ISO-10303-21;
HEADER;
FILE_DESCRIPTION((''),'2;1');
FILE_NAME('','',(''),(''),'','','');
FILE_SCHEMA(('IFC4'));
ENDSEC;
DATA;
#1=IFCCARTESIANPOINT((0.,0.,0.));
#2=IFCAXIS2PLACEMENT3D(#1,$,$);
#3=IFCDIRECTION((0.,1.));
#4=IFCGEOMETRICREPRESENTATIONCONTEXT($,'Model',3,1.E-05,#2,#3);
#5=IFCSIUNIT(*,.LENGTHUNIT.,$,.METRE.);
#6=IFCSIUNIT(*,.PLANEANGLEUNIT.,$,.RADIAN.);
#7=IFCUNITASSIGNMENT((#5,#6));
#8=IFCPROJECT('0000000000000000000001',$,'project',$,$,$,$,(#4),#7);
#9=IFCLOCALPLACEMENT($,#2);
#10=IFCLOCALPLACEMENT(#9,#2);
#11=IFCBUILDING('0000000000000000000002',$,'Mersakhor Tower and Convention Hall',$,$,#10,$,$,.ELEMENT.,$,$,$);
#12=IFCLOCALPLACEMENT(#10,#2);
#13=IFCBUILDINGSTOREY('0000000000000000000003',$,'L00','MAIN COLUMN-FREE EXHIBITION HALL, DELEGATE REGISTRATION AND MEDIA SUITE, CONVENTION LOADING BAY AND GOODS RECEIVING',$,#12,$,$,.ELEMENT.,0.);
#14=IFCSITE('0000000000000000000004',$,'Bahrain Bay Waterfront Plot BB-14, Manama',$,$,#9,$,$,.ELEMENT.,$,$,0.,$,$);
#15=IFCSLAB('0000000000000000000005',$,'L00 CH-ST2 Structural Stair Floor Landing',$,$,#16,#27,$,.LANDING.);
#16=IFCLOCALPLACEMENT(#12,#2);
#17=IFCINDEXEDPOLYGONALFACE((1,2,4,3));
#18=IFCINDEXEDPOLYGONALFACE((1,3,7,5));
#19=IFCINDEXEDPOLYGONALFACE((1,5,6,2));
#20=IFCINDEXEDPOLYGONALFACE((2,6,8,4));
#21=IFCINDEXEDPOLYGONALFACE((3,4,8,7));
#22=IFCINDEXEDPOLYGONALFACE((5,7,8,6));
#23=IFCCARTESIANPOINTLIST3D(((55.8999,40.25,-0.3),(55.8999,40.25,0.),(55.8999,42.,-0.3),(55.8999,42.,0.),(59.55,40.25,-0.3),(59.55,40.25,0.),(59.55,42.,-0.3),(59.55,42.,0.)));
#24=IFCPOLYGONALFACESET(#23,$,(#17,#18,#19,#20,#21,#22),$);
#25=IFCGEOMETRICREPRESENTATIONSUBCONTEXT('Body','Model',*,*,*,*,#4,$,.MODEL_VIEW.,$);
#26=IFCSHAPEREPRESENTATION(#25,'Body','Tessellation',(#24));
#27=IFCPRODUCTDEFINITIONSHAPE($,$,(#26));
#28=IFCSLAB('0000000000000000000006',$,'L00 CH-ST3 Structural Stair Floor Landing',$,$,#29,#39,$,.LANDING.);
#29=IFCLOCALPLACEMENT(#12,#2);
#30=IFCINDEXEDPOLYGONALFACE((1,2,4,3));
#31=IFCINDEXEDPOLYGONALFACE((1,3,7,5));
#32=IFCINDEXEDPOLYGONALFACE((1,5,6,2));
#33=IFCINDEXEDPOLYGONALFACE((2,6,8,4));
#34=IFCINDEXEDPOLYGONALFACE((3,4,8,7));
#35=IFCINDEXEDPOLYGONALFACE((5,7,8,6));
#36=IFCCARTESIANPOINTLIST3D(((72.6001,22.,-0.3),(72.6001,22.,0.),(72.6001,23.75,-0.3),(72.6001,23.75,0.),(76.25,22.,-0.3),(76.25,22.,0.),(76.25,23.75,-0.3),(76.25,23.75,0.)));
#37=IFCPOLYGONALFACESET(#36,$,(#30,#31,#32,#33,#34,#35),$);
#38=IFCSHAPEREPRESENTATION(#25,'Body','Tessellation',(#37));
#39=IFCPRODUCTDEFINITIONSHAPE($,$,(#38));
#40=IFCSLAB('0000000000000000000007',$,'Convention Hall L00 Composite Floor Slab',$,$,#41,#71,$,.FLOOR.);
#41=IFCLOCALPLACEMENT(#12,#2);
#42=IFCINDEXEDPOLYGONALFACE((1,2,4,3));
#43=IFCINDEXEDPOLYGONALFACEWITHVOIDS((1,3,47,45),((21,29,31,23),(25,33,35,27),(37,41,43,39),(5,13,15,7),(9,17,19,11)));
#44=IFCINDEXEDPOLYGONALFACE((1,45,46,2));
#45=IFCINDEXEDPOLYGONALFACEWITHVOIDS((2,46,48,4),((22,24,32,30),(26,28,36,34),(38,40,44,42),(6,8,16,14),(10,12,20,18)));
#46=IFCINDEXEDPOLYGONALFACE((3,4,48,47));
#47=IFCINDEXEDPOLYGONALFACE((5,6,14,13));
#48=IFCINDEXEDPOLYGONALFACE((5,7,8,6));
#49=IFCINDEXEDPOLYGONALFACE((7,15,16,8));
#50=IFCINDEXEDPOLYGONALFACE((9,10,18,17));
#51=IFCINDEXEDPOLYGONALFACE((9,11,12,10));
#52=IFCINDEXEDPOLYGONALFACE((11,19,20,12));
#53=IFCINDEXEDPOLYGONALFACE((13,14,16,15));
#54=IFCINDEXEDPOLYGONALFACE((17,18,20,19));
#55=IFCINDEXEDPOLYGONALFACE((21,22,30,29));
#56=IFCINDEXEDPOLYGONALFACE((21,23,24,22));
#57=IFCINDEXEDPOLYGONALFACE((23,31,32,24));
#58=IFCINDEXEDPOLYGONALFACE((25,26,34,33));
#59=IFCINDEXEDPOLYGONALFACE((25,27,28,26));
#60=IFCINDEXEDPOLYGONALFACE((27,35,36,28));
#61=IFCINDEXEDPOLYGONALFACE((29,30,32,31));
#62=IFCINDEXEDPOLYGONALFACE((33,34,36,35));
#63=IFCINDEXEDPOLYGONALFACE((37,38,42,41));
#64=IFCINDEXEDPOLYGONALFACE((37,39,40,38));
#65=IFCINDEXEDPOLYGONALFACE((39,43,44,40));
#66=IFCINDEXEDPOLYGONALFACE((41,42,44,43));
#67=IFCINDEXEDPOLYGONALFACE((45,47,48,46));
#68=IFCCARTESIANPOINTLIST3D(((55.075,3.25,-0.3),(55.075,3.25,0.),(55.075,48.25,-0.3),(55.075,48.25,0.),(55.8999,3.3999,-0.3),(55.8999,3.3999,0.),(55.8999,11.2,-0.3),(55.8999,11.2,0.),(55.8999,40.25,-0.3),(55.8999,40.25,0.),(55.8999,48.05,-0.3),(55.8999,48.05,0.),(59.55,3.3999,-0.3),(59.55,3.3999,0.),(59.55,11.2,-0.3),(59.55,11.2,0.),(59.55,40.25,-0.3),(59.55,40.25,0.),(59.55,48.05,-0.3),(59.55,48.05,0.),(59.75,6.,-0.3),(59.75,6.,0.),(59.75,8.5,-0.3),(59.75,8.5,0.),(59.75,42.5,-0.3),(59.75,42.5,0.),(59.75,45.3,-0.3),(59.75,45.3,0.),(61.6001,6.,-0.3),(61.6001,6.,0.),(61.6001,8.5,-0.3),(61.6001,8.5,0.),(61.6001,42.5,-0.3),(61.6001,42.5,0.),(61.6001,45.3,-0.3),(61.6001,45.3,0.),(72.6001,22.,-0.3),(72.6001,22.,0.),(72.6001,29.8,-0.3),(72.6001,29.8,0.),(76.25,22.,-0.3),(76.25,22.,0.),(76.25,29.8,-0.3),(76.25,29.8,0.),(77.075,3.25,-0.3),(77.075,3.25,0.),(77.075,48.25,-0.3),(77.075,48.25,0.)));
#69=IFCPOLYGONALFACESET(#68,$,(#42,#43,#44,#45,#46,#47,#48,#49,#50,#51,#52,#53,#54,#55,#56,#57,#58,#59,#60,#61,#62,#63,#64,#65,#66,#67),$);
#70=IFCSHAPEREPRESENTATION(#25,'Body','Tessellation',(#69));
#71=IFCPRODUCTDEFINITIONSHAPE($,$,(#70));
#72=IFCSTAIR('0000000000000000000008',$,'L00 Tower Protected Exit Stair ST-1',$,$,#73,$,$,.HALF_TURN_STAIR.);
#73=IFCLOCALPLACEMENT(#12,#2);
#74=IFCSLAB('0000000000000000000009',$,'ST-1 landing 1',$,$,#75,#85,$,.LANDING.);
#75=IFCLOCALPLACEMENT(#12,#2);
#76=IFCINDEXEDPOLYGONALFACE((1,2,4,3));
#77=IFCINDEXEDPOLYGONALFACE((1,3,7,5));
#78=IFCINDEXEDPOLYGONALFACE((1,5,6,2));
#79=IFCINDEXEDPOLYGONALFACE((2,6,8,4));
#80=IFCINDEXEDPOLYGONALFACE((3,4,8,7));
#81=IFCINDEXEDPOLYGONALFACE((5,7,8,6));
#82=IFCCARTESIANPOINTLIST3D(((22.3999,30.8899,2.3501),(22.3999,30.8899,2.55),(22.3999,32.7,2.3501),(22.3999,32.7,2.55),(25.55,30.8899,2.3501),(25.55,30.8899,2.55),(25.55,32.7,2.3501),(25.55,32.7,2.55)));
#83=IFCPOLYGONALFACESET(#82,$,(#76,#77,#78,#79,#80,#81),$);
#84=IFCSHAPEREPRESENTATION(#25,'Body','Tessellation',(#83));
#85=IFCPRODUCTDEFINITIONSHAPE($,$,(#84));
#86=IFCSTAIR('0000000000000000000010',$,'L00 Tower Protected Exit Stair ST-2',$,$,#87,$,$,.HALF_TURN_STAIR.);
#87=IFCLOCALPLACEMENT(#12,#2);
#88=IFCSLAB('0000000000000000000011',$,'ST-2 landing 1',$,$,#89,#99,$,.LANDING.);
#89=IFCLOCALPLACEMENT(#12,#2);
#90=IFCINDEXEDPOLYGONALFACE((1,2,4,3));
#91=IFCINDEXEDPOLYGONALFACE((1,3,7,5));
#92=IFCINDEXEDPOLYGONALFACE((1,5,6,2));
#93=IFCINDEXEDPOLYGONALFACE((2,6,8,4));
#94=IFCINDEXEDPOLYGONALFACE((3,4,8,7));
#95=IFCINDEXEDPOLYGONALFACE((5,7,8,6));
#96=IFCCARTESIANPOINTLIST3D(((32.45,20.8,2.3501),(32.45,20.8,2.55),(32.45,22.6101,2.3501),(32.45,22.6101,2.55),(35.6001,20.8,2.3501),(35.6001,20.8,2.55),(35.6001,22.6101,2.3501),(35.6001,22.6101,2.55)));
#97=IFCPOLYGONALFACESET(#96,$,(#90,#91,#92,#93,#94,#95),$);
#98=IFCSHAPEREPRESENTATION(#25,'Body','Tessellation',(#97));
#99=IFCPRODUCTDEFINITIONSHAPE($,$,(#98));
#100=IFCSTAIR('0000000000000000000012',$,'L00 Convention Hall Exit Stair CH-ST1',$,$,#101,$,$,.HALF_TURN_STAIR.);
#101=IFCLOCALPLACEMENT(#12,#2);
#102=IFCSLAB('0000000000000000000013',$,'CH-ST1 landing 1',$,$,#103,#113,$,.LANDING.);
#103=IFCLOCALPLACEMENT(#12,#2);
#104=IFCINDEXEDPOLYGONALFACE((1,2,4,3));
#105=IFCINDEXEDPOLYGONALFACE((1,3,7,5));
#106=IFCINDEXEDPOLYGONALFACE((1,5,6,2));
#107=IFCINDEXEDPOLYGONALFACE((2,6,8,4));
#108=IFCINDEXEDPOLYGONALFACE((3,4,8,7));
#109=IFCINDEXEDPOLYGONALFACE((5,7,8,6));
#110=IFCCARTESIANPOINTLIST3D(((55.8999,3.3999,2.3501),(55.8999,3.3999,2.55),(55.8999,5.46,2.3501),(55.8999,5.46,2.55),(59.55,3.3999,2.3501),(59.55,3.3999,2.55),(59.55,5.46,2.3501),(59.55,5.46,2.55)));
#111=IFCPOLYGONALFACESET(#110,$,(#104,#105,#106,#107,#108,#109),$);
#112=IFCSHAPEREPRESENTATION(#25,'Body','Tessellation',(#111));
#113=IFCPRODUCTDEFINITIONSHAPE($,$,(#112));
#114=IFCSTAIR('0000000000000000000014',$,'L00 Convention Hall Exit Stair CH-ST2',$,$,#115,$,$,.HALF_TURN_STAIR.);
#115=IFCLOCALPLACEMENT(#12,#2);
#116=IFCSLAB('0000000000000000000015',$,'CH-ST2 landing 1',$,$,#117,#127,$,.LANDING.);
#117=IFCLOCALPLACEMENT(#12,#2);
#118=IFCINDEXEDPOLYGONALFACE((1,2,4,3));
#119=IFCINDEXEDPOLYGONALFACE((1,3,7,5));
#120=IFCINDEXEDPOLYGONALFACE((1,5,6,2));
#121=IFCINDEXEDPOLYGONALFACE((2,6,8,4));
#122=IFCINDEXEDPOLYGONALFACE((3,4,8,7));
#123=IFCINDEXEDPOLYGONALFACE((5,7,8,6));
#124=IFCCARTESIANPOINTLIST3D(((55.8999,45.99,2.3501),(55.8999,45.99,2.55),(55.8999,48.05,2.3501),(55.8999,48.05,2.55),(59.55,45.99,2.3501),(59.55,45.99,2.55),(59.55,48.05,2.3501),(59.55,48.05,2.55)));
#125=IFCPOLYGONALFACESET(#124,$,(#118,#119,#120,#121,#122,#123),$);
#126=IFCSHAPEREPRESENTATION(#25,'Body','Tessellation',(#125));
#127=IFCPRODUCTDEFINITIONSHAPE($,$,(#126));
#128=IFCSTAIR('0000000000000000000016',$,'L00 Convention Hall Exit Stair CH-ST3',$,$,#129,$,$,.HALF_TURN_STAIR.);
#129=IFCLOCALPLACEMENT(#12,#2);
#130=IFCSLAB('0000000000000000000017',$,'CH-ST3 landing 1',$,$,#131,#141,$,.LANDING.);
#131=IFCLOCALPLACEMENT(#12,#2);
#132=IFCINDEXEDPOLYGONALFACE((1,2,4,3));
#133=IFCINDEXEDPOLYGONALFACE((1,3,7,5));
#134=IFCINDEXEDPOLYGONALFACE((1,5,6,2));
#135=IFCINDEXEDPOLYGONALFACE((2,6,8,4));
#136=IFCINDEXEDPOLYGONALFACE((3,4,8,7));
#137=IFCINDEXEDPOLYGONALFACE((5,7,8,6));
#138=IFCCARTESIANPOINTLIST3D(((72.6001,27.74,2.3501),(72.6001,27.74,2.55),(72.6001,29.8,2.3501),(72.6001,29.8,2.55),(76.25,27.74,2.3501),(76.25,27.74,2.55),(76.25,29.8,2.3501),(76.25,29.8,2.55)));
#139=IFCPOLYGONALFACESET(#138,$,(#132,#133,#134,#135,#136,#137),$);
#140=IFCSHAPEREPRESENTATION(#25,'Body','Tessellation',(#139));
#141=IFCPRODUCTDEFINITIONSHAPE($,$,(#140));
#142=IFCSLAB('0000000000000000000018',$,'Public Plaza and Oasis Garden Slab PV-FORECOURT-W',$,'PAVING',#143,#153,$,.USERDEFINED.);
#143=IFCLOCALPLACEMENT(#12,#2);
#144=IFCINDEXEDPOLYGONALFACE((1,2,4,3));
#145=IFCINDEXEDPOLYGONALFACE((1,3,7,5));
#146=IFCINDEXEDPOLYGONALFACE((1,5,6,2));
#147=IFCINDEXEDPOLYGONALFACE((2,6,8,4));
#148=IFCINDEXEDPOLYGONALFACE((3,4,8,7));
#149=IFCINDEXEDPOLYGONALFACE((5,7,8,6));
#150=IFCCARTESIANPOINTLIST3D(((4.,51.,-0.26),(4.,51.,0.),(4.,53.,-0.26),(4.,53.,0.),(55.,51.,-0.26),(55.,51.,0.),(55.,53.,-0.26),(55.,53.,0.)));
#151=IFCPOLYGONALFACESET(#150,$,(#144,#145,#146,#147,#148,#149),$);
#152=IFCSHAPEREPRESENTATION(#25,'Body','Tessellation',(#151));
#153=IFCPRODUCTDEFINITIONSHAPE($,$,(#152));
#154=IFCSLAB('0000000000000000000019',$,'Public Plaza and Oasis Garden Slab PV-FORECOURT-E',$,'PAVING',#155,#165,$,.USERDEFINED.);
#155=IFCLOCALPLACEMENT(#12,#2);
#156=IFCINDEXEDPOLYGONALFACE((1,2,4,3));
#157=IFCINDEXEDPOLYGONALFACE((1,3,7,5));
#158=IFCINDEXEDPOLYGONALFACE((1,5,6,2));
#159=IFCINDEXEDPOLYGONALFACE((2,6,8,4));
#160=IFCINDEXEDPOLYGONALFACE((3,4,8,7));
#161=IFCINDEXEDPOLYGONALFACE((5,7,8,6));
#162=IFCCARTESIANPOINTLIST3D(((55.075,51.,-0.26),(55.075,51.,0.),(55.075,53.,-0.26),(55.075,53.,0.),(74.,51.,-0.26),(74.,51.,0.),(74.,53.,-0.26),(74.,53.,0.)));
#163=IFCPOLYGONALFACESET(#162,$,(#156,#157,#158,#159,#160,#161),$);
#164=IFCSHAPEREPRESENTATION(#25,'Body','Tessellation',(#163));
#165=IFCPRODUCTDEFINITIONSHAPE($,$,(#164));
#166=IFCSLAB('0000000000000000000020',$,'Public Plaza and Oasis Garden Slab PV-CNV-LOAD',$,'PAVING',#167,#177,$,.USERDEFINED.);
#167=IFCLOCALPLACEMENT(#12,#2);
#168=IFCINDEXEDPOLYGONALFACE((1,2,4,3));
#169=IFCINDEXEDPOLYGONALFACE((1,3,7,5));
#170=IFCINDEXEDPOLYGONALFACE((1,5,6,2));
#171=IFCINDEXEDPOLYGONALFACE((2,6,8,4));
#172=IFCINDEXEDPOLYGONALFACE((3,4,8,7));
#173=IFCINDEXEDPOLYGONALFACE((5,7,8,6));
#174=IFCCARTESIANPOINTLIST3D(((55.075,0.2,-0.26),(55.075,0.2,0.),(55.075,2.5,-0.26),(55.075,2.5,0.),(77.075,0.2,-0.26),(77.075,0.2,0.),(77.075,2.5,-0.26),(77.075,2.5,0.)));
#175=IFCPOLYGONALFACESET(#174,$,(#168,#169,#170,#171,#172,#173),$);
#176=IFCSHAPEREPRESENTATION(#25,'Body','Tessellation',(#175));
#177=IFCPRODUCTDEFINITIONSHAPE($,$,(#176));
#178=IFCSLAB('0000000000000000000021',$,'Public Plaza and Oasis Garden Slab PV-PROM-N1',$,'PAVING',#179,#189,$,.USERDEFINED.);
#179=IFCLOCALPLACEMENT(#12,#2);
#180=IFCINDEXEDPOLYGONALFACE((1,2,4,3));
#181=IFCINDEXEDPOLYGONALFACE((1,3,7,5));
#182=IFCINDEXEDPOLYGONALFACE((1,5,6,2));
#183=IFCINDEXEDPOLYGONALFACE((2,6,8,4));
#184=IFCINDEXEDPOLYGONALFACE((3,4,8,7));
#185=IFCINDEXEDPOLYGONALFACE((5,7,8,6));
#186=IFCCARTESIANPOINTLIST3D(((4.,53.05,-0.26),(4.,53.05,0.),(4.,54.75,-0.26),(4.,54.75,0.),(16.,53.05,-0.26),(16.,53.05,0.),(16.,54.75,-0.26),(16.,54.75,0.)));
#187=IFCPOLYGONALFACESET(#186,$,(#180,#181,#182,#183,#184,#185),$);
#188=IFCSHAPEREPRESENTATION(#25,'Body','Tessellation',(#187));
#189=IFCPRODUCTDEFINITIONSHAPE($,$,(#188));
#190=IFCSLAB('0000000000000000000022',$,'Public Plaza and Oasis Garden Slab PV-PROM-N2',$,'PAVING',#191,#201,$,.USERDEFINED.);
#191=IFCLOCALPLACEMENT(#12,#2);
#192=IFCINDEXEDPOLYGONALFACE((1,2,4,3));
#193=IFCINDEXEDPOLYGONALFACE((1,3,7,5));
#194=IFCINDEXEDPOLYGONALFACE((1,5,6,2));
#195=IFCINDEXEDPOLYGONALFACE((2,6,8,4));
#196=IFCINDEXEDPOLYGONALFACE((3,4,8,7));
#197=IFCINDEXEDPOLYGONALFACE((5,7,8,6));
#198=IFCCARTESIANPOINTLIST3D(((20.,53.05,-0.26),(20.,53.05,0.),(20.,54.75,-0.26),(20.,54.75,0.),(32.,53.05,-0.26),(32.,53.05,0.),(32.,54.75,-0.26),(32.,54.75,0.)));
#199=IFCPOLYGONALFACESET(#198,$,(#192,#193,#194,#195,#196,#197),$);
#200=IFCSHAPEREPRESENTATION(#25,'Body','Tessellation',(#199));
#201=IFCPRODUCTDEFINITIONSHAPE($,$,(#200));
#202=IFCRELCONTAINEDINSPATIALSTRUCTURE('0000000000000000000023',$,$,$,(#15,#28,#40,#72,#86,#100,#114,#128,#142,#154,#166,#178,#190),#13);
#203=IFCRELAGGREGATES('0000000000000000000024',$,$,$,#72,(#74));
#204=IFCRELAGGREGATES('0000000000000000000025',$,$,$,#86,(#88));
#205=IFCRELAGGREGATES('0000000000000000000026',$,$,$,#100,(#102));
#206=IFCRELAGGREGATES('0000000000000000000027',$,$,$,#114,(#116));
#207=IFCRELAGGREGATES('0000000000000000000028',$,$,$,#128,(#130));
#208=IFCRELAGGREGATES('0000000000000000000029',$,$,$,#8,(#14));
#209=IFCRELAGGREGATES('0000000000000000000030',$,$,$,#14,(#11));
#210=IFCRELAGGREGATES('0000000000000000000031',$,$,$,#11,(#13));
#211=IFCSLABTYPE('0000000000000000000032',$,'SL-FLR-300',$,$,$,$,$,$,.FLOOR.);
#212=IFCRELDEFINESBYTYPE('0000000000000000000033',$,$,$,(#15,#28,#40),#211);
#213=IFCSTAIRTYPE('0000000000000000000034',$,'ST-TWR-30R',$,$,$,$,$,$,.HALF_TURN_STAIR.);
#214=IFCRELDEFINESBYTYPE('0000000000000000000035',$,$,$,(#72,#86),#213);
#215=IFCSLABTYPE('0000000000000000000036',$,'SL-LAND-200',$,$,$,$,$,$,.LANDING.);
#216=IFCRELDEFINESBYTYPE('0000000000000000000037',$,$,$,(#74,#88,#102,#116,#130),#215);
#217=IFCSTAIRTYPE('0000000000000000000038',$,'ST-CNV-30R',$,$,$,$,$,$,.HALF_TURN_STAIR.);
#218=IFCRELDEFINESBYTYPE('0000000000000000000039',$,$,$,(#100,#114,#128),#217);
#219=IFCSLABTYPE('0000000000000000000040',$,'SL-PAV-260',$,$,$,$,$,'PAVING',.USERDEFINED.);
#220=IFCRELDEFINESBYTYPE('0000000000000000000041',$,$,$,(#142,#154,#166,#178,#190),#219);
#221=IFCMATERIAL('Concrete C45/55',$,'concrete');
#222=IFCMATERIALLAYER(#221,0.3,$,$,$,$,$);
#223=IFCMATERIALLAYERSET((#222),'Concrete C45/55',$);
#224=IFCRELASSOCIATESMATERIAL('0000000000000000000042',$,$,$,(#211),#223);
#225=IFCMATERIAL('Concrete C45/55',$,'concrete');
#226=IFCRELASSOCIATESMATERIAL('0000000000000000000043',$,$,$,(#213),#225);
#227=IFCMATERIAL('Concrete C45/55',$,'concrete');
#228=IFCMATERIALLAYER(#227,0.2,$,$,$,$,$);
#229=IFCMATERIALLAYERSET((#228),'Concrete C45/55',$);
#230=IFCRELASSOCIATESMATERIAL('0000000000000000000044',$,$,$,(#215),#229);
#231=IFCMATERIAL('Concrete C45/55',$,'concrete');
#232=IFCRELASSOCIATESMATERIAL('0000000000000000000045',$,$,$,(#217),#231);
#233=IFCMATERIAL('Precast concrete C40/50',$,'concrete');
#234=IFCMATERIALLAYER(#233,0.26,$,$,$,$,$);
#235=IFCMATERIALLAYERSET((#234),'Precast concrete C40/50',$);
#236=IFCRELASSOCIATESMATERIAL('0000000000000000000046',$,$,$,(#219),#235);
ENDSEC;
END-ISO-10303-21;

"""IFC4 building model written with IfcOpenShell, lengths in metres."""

from ifc_helpers import new_model, si_unit, direction, frame, origin, place, context, subcontext, project, spatial, polyline, outline, extrude, material, layer, layer_set, type_object, element, aggregate, save


model = new_model("IFC4")

# Units and contexts
model_context = context("Model", 3, precision=1e-05, world=origin(), true_north=direction((0.0, 1.0)))
body_context = subcontext(model_context, "Body", "Model", "MODEL_VIEW")
ifc_project = project(units=[si_unit("LENGTHUNIT", "METRE"), si_unit("PLANEANGLEUNIT", "RADIAN")], contexts=[model_context])

# Site, building, storey
site_placement = place(None, origin())
site = spatial("IfcSite", under=ifc_project, at=site_placement, Name="Bahrain Bay Waterfront Plot BB-14, Manama", CompositionType="ELEMENT", RefElevation=0.0)
building_placement = place(site_placement, origin())
building = spatial("IfcBuilding", under=site, at=building_placement, Name="Mersakhor Tower and Convention Hall", CompositionType="ELEMENT")
storey_placement = place(building_placement, origin())
storey = spatial("IfcBuildingStorey", under=building, at=storey_placement, Name="L00", Description="MAIN COLUMN-FREE EXHIBITION HALL, DELEGATE REGISTRATION AND MEDIA SUITE, CONVENTION LOADING BAY AND GOODS RECEIVING", CompositionType="ELEMENT", Elevation=0.0)

# Slabs
ifc_material_1 = material(Name="Concrete C45/55", Category="concrete")
ifc_layer_1 = layer(ifc_material_1, 0.3)
ifc_layer_set_1 = layer_set([ifc_layer_1], Name="Concrete C45/55")
slab_type_1 = type_object("IfcSlabType", Name="SL-FLR-300", PredefinedType="FLOOR", material=ifc_layer_set_1)
slab_1_placement = place(storey_placement, frame((0.0, 0.0, -0.3)))
element("IfcSlab", 1, at=slab_1_placement, inside=storey, type_object=slab_type_1, Name="L00 CH-ST2 Structural Stair Floor Landing", PredefinedType="LANDING", context=body_context, shape_type="SweptSolid", body=[
    extrude(outline(polyline([(59.55, 40.25), (59.55, 42.0), (55.8999, 42.0), (55.8999, 40.25), (59.55, 40.25)])), origin(), (0.0, 0.0, 1.0), 0.3),
])
slab_2_placement = place(storey_placement, frame((0.0, 0.0, -0.3)))
element("IfcSlab", 2, at=slab_2_placement, inside=storey, type_object=slab_type_1, Name="L00 CH-ST3 Structural Stair Floor Landing", PredefinedType="LANDING", context=body_context, shape_type="SweptSolid", body=[
    extrude(outline(polyline([(76.25, 22.0), (76.25, 23.75), (72.6001, 23.75), (72.6001, 22.0), (76.25, 22.0)])), origin(), (0.0, 0.0, 1.0), 0.3),
])
slab_3_placement = place(storey_placement, frame((0.0, 0.0, -0.3)))
element("IfcSlab", 3, at=slab_3_placement, inside=storey, type_object=slab_type_1, Name="Convention Hall L00 Composite Floor Slab", PredefinedType="FLOOR", context=body_context, shape_type="SweptSolid", body=[
    extrude(outline(polyline([(55.075, 3.25), (55.075, 48.25), (77.075, 48.25), (77.075, 3.25), (55.075, 3.25)]), holes=[polyline([(55.8999, 11.2), (55.8999, 3.3999), (59.55, 3.3999), (59.55, 11.2), (55.8999, 11.2)]), polyline([(59.55, 40.25), (59.55, 48.05), (55.8999, 48.05), (55.8999, 40.25), (59.55, 40.25)]), polyline([(76.25, 22.0), (76.25, 29.8), (72.6001, 29.8), (72.6001, 22.0), (76.25, 22.0)]), polyline([(59.75, 6.0), (59.75, 8.5), (61.6001, 8.5), (61.6001, 6.0), (59.75, 6.0)]), polyline([(59.75, 42.5), (59.75, 45.3), (61.6001, 45.3), (61.6001, 42.5), (59.75, 42.5)])]), origin(), (0.0, 0.0, 1.0), 0.3),
])

# Stairs, slabs
ifc_material_2 = material(Name="Concrete C45/55", Category="concrete")
stair_type_1 = type_object("IfcStairType", Name="ST-TWR-30R", PredefinedType="HALF_TURN_STAIR", material=ifc_material_2)
stair_1_placement = place(storey_placement, origin())
stair_1 = element("IfcStair", 4, at=stair_1_placement, inside=storey, type_object=stair_type_1, Name="L00 Tower Protected Exit Stair ST-1", PredefinedType="HALF_TURN_STAIR")
ifc_material_3 = material(Name="Concrete C45/55", Category="concrete")
ifc_layer_2 = layer(ifc_material_3, 0.2)
ifc_layer_set_2 = layer_set([ifc_layer_2], Name="Concrete C45/55")
slab_type_2 = type_object("IfcSlabType", Name="SL-LAND-200", PredefinedType="LANDING", material=ifc_layer_set_2)
slab_4_placement = place(storey_placement, frame((0.0, 0.0, 2.3501)))
slab_4 = element("IfcSlab", 5, at=slab_4_placement, type_object=slab_type_2, Name="ST-1 landing 1", PredefinedType="LANDING", context=body_context, shape_type="SweptSolid", body=[
    extrude(outline(polyline([(25.55, 30.8899), (25.55, 32.7), (22.3999, 32.7), (22.3999, 30.8899), (25.55, 30.8899)])), origin(), (0.0, 0.0, 1.0), 0.2),
])
aggregate(stair_1, [slab_4])
stair_2_placement = place(storey_placement, origin())
stair_2 = element("IfcStair", 6, at=stair_2_placement, inside=storey, type_object=stair_type_1, Name="L00 Tower Protected Exit Stair ST-2", PredefinedType="HALF_TURN_STAIR")
slab_5_placement = place(storey_placement, frame((0.0, 0.0, 2.3501)))
slab_5 = element("IfcSlab", 7, at=slab_5_placement, type_object=slab_type_2, Name="ST-2 landing 1", PredefinedType="LANDING", context=body_context, shape_type="SweptSolid", body=[
    extrude(outline(polyline([(32.45, 22.6101), (32.45, 20.8), (35.6001, 20.8), (35.6001, 22.6101), (32.45, 22.6101)])), origin(), (0.0, 0.0, 1.0), 0.2),
])
aggregate(stair_2, [slab_5])
ifc_material_4 = material(Name="Concrete C45/55", Category="concrete")
stair_type_2 = type_object("IfcStairType", Name="ST-CNV-30R", PredefinedType="HALF_TURN_STAIR", material=ifc_material_4)
stair_3_placement = place(storey_placement, origin())
stair_3 = element("IfcStair", 8, at=stair_3_placement, inside=storey, type_object=stair_type_2, Name="L00 Convention Hall Exit Stair CH-ST1", PredefinedType="HALF_TURN_STAIR")
slab_6_placement = place(storey_placement, frame((0.0, 0.0, 2.3501)))
slab_6 = element("IfcSlab", 9, at=slab_6_placement, type_object=slab_type_2, Name="CH-ST1 landing 1", PredefinedType="LANDING", context=body_context, shape_type="SweptSolid", body=[
    extrude(outline(polyline([(55.8999, 5.46), (55.8999, 3.3999), (59.55, 3.3999), (59.55, 5.46), (55.8999, 5.46)])), origin(), (0.0, 0.0, 1.0), 0.2),
])
aggregate(stair_3, [slab_6])
stair_4_placement = place(storey_placement, origin())
stair_4 = element("IfcStair", 10, at=stair_4_placement, inside=storey, type_object=stair_type_2, Name="L00 Convention Hall Exit Stair CH-ST2", PredefinedType="HALF_TURN_STAIR")
slab_7_placement = place(storey_placement, frame((0.0, 0.0, 2.3501)))
slab_7 = element("IfcSlab", 11, at=slab_7_placement, type_object=slab_type_2, Name="CH-ST2 landing 1", PredefinedType="LANDING", context=body_context, shape_type="SweptSolid", body=[
    extrude(outline(polyline([(59.55, 45.99), (59.55, 48.05), (55.8999, 48.05), (55.8999, 45.99), (59.55, 45.99)])), origin(), (0.0, 0.0, 1.0), 0.2),
])
aggregate(stair_4, [slab_7])
stair_5_placement = place(storey_placement, origin())
stair_5 = element("IfcStair", 12, at=stair_5_placement, inside=storey, type_object=stair_type_2, Name="L00 Convention Hall Exit Stair CH-ST3", PredefinedType="HALF_TURN_STAIR")
slab_8_placement = place(storey_placement, frame((0.0, 0.0, 2.3501)))
slab_8 = element("IfcSlab", 13, at=slab_8_placement, type_object=slab_type_2, Name="CH-ST3 landing 1", PredefinedType="LANDING", context=body_context, shape_type="SweptSolid", body=[
    extrude(outline(polyline([(76.25, 27.74), (76.25, 29.8), (72.6001, 29.8), (72.6001, 27.74), (76.25, 27.74)])), origin(), (0.0, 0.0, 1.0), 0.2),
])
aggregate(stair_5, [slab_8])

# Slabs
ifc_material_5 = material(Name="Precast concrete C40/50", Category="concrete")
ifc_layer_3 = layer(ifc_material_5, 0.26)
ifc_layer_set_3 = layer_set([ifc_layer_3], Name="Precast concrete C40/50")
slab_type_3 = type_object("IfcSlabType", Name="SL-PAV-260", ElementType="PAVING", PredefinedType="USERDEFINED", material=ifc_layer_set_3)
slab_9_placement = place(storey_placement, frame((0.0, 0.0, -0.26)))
element("IfcSlab", 14, at=slab_9_placement, inside=storey, type_object=slab_type_3, Name="Public Plaza and Oasis Garden Slab PV-FORECOURT-W", ObjectType="PAVING", PredefinedType="USERDEFINED", context=body_context, shape_type="SweptSolid", body=[
    extrude(outline(polyline([(4.0, 51.0), (4.0, 53.0), (55.0, 53.0), (55.0, 51.0), (4.0, 51.0)])), origin(), (0.0, 0.0, 1.0), 0.26),
])
slab_10_placement = place(storey_placement, frame((0.0, 0.0, -0.26)))
element("IfcSlab", 15, at=slab_10_placement, inside=storey, type_object=slab_type_3, Name="Public Plaza and Oasis Garden Slab PV-FORECOURT-E", ObjectType="PAVING", PredefinedType="USERDEFINED", context=body_context, shape_type="SweptSolid", body=[
    extrude(outline(polyline([(55.075, 51.0), (55.075, 53.0), (74.0, 53.0), (74.0, 51.0), (55.075, 51.0)])), origin(), (0.0, 0.0, 1.0), 0.26),
])
slab_11_placement = place(storey_placement, frame((0.0, 0.0, -0.26)))
element("IfcSlab", 16, at=slab_11_placement, inside=storey, type_object=slab_type_3, Name="Public Plaza and Oasis Garden Slab PV-CNV-LOAD", ObjectType="PAVING", PredefinedType="USERDEFINED", context=body_context, shape_type="SweptSolid", body=[
    extrude(outline(polyline([(55.075, 0.2), (55.075, 2.5), (77.075, 2.5), (77.075, 0.2), (55.075, 0.2)])), origin(), (0.0, 0.0, 1.0), 0.26),
])
slab_12_placement = place(storey_placement, frame((0.0, 0.0, -0.26)))
element("IfcSlab", 17, at=slab_12_placement, inside=storey, type_object=slab_type_3, Name="Public Plaza and Oasis Garden Slab PV-PROM-N1", ObjectType="PAVING", PredefinedType="USERDEFINED", context=body_context, shape_type="SweptSolid", body=[
    extrude(outline(polyline([(4.0, 53.05), (4.0, 54.75), (16.0, 54.75), (16.0, 53.05), (4.0, 53.05)])), origin(), (0.0, 0.0, 1.0), 0.26),
])
slab_13_placement = place(storey_placement, frame((0.0, 0.0, -0.26)))
element("IfcSlab", 18, at=slab_13_placement, inside=storey, type_object=slab_type_3, Name="Public Plaza and Oasis Garden Slab PV-PROM-N2", ObjectType="PAVING", PredefinedType="USERDEFINED", context=body_context, shape_type="SweptSolid", body=[
    extrude(outline(polyline([(20.0, 53.05), (20.0, 54.75), (32.0, 54.75), (32.0, 53.05), (20.0, 53.05)])), origin(), (0.0, 0.0, 1.0), 0.26),
])

save(model, "model.ifc")
